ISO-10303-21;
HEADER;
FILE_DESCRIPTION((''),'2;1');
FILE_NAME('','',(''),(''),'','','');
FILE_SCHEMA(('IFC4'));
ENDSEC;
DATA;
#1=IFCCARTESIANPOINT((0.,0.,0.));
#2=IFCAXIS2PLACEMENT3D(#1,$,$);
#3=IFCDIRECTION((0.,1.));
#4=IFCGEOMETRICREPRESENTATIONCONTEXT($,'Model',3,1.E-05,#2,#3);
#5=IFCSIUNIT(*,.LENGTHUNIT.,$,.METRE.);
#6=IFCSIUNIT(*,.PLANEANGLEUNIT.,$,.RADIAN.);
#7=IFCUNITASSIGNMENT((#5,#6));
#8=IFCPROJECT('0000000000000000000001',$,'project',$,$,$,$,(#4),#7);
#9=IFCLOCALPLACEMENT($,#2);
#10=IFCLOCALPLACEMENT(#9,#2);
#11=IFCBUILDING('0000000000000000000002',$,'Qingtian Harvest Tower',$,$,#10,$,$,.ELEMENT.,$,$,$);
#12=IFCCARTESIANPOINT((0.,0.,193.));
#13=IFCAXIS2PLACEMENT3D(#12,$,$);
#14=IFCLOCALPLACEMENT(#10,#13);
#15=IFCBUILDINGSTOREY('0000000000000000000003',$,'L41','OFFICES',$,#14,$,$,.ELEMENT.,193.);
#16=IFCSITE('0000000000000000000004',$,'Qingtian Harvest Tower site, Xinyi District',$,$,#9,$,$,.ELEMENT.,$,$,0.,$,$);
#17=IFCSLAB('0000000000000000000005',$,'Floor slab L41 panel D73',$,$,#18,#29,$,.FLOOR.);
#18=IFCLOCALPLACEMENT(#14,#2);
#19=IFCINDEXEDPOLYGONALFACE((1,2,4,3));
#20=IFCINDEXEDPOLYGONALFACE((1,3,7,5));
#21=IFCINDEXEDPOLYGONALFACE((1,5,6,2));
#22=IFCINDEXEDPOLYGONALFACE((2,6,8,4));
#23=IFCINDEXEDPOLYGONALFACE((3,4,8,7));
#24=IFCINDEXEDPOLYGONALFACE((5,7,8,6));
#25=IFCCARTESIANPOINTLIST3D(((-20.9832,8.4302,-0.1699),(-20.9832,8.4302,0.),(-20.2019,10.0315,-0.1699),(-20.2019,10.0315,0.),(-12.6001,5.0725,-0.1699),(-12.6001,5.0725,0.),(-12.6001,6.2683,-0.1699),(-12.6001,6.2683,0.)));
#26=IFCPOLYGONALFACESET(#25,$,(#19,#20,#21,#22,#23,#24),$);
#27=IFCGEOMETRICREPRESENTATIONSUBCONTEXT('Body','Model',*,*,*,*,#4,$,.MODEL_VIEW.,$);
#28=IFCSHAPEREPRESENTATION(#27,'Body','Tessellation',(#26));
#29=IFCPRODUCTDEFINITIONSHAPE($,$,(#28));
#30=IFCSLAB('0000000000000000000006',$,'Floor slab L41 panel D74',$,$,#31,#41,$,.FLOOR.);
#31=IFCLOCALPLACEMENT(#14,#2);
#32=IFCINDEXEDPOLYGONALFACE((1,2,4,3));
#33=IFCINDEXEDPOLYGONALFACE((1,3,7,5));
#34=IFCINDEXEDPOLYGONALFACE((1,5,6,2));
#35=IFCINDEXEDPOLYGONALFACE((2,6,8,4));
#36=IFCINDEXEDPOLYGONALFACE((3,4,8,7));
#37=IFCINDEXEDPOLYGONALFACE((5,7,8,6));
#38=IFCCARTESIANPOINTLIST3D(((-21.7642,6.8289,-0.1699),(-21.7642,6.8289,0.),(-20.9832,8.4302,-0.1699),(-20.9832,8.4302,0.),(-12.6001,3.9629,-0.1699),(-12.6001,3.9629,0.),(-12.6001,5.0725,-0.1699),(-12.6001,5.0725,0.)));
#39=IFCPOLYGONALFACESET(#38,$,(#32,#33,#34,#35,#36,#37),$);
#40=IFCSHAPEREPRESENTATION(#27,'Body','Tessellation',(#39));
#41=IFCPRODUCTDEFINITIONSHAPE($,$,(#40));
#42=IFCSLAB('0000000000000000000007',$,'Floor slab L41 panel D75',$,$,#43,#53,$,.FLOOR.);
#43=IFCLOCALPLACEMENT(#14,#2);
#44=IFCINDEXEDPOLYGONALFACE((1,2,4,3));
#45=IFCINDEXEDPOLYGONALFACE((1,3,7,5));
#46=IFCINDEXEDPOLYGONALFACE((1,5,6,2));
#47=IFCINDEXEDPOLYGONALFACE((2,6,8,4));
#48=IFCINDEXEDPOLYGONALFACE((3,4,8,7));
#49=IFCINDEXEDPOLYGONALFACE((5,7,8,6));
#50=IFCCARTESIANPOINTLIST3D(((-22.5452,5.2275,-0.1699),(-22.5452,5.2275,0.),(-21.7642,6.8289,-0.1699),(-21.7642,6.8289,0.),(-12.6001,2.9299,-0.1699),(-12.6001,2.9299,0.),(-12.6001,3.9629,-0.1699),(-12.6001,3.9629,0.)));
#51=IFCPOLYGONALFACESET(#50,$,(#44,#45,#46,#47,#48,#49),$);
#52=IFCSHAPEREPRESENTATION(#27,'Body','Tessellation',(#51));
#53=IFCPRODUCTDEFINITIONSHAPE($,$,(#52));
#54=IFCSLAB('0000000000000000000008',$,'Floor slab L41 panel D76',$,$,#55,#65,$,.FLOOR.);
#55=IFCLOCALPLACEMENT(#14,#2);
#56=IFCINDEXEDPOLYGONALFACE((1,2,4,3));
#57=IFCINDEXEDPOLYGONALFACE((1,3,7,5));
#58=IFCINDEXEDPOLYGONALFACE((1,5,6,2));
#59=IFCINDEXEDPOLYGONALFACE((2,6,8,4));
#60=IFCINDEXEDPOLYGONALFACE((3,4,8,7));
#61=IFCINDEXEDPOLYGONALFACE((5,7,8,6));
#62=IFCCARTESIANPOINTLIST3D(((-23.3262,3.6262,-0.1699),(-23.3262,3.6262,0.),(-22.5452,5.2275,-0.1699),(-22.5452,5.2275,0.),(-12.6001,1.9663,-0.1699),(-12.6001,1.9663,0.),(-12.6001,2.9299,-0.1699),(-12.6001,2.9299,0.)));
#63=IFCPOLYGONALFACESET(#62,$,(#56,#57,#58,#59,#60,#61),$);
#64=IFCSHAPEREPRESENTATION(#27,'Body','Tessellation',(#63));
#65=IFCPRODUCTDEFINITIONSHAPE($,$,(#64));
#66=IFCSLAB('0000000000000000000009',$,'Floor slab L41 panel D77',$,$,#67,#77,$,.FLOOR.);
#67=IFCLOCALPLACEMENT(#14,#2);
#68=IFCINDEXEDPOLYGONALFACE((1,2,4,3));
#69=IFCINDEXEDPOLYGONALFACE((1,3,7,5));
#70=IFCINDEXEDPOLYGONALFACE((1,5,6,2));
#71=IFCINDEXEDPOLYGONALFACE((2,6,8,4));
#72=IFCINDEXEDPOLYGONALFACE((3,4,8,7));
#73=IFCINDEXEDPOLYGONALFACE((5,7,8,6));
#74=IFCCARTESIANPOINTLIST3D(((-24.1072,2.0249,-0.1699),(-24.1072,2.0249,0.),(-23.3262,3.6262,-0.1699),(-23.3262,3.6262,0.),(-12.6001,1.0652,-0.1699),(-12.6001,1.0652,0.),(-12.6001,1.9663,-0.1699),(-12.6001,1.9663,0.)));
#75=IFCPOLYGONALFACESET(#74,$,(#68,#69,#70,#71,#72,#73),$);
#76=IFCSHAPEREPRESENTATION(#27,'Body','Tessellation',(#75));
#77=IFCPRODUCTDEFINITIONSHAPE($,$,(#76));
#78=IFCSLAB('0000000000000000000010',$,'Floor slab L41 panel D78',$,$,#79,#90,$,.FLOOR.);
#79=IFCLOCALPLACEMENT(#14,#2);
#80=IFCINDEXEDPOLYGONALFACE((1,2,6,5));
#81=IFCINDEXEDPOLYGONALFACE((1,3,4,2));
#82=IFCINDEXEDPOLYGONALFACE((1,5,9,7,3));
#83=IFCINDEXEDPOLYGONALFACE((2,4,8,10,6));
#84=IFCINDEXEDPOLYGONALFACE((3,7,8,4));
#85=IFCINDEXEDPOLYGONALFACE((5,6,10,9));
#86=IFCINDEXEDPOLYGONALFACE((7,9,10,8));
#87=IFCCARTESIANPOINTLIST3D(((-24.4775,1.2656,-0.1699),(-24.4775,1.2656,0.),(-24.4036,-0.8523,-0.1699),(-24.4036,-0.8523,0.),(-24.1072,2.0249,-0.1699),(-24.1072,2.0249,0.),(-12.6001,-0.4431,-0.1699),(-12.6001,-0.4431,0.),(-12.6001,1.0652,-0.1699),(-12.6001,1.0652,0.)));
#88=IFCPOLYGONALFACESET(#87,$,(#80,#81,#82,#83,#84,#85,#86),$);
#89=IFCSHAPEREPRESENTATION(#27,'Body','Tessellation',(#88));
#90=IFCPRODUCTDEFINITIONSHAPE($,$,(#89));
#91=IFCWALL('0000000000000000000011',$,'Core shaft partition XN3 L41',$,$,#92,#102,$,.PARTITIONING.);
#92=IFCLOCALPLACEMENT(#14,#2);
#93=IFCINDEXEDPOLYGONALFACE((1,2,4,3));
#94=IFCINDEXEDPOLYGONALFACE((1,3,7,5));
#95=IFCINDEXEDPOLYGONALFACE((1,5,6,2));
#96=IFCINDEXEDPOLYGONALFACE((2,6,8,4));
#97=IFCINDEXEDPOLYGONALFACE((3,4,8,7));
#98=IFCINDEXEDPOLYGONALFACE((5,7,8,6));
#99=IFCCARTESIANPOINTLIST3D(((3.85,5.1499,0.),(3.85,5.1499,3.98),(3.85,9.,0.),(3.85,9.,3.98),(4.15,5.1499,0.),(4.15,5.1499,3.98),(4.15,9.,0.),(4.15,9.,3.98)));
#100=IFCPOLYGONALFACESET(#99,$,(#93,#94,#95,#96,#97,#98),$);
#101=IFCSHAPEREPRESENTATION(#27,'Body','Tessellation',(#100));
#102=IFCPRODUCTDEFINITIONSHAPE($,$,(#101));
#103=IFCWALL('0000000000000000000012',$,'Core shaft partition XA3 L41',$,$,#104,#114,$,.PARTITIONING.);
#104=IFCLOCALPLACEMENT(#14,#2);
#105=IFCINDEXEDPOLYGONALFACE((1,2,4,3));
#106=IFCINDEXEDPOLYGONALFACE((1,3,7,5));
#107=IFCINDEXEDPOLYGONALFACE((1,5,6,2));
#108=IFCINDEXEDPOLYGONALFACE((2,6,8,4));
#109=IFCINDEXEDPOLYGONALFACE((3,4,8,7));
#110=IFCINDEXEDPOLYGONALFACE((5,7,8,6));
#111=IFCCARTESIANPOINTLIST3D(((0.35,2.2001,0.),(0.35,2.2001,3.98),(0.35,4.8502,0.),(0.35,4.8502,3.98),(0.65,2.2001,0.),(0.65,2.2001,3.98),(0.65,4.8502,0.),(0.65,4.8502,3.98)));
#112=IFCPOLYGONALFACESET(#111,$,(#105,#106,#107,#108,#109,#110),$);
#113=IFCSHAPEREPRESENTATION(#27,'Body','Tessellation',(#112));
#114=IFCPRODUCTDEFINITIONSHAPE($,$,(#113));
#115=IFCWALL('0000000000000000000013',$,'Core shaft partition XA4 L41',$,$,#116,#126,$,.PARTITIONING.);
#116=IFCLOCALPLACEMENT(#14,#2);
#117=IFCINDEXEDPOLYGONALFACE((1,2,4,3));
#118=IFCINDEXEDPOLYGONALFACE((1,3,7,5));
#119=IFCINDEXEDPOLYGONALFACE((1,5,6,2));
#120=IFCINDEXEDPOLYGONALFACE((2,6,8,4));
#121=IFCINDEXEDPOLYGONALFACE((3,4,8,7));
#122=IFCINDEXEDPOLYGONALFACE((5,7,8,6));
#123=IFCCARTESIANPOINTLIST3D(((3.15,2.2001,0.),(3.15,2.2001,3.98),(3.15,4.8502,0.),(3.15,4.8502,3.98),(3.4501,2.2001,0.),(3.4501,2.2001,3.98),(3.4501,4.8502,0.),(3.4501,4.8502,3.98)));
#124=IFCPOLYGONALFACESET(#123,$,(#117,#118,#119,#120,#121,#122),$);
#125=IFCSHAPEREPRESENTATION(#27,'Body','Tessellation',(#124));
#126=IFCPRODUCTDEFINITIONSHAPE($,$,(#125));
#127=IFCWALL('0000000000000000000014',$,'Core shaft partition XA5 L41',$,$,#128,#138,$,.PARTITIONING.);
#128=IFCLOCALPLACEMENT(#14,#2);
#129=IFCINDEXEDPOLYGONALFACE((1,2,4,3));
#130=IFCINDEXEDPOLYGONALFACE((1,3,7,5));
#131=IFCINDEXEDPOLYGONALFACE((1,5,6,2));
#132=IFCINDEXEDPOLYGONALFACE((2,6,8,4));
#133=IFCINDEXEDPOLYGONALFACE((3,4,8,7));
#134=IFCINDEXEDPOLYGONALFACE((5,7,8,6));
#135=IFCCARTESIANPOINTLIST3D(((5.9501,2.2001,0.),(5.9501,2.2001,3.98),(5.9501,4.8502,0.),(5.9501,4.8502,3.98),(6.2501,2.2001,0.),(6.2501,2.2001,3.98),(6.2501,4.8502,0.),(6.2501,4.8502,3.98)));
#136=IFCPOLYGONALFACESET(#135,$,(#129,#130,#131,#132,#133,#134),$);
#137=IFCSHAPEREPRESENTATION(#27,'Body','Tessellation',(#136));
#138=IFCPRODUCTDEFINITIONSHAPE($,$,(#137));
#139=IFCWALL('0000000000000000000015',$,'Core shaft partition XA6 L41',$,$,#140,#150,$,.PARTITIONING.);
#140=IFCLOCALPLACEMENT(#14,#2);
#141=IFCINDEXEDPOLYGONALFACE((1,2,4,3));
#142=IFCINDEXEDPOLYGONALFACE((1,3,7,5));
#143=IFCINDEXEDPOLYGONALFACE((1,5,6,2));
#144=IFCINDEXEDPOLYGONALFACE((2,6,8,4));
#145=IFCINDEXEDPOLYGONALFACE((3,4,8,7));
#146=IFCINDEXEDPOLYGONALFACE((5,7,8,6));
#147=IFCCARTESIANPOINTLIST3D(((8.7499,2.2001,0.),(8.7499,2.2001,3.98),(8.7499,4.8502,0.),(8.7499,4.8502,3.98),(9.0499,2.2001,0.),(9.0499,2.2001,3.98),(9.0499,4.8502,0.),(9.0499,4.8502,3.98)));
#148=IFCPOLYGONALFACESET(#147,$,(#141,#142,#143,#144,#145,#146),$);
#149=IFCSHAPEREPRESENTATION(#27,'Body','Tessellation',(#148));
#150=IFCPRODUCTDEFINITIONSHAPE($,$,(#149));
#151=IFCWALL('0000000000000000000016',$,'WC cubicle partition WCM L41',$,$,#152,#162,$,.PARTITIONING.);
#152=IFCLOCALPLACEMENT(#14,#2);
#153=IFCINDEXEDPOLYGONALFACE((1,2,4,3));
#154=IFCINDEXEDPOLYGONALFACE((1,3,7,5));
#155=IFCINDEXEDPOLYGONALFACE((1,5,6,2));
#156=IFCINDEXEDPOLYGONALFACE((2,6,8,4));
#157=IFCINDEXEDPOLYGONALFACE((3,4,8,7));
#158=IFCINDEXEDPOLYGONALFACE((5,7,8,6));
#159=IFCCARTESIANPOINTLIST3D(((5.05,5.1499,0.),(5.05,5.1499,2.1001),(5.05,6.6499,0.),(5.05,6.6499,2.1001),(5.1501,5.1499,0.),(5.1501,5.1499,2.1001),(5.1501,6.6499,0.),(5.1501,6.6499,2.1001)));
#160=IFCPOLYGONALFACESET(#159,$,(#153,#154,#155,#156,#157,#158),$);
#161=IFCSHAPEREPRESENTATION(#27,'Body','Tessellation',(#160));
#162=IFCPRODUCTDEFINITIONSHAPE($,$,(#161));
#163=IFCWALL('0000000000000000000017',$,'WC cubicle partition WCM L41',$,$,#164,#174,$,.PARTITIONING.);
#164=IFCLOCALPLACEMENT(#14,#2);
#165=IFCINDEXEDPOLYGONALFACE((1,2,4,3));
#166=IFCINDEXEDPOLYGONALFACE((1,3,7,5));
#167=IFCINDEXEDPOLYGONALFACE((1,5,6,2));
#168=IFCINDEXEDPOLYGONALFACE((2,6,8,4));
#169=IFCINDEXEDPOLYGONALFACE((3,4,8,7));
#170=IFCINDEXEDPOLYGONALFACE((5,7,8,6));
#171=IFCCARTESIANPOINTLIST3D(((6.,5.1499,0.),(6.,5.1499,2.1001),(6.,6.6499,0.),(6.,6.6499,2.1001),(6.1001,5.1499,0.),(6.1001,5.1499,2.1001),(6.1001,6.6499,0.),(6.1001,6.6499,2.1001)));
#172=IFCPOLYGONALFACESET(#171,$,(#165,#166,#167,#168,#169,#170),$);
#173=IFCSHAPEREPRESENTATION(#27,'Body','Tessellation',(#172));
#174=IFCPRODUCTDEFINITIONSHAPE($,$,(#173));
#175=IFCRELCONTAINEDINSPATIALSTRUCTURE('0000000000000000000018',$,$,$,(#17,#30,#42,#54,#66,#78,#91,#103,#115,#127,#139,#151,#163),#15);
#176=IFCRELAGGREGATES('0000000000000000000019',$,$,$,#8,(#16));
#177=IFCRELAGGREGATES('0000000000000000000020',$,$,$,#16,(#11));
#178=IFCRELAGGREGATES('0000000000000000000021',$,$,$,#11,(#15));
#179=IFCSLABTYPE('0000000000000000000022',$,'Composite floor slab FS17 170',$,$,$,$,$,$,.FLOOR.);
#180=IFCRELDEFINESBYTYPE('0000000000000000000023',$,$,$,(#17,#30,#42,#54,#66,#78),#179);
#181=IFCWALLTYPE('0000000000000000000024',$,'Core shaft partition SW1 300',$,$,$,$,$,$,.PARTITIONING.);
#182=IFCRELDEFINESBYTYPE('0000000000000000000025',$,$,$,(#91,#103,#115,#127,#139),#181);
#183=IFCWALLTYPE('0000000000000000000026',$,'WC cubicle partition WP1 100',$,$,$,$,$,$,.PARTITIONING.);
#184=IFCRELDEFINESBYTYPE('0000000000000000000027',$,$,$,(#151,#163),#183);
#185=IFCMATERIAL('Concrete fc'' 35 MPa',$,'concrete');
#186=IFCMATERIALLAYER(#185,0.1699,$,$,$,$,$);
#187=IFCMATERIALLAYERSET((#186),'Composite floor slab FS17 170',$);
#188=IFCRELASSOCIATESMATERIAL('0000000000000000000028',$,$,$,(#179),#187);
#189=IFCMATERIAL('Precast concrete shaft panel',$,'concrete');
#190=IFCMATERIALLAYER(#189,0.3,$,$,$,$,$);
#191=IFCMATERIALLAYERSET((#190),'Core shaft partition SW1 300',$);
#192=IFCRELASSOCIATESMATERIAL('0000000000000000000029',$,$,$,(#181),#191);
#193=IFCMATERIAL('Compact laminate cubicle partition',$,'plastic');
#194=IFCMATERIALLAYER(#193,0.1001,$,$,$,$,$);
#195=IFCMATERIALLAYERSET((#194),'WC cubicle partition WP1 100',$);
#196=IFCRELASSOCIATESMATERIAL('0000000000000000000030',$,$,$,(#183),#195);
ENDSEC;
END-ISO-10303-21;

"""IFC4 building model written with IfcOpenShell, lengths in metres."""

from ifc_helpers import new_model, si_unit, direction, frame, frame_2d, origin, place, context, subcontext, project, spatial, polyline, rectangle, outline, extrude, material, layer, layer_set, type_object, element, save


model = new_model("IFC4")

# Units and contexts
model_context = context("Model", 3, precision=1e-05, world=origin(), true_north=direction((0.0, 1.0)))
body_context = subcontext(model_context, "Body", "Model", "MODEL_VIEW")
ifc_project = project(units=[si_unit("LENGTHUNIT", "METRE"), si_unit("PLANEANGLEUNIT", "RADIAN")], contexts=[model_context])

# Site, building, storey
site_placement = place(None, origin())
site = spatial("IfcSite", under=ifc_project, at=site_placement, Name="Qingtian Harvest Tower site, Xinyi District", CompositionType="ELEMENT", RefElevation=0.0)
building_placement = place(site_placement, origin())
building = spatial("IfcBuilding", under=site, at=building_placement, Name="Qingtian Harvest Tower", CompositionType="ELEMENT")
storey_placement = place(building_placement, frame((0.0, 0.0, 193.0)))
storey = spatial("IfcBuildingStorey", under=building, at=storey_placement, Name="L41", Description="OFFICES", CompositionType="ELEMENT", Elevation=193.0)

# Slabs
ifc_material_1 = material(Name="Concrete fc' 35 MPa", Category="concrete")
ifc_layer_1 = layer(ifc_material_1, 0.1699)
ifc_layer_set_1 = layer_set([ifc_layer_1], Name="Composite floor slab FS17 170")
slab_type = type_object("IfcSlabType", Name="Composite floor slab FS17 170", PredefinedType="FLOOR", material=ifc_layer_set_1)
slab_1_placement = place(storey_placement, frame((0.0, 0.0, -0.1699)))
element("IfcSlab", 1, at=slab_1_placement, inside=storey, type_object=slab_type, Name="Floor slab L41 panel D73", PredefinedType="FLOOR", context=body_context, shape_type="SweptSolid", body=[
    extrude(outline(polyline([(-12.6001, 5.0725), (-20.9832, 8.4302), (-20.2019, 10.0315), (-12.6001, 6.2683), (-12.6001, 5.0725)])), origin(), (0.0, 0.0, 1.0), 0.1699),
])
slab_2_placement = place(storey_placement, frame((0.0, 0.0, -0.1699)))
element("IfcSlab", 2, at=slab_2_placement, inside=storey, type_object=slab_type, Name="Floor slab L41 panel D74", PredefinedType="FLOOR", context=body_context, shape_type="SweptSolid", body=[
    extrude(outline(polyline([(-12.6001, 3.9629), (-21.7642, 6.8289), (-20.9832, 8.4302), (-12.6001, 5.0725), (-12.6001, 3.9629)])), origin(), (0.0, 0.0, 1.0), 0.1699),
])
slab_3_placement = place(storey_placement, frame((0.0, 0.0, -0.1699)))
element("IfcSlab", 3, at=slab_3_placement, inside=storey, type_object=slab_type, Name="Floor slab L41 panel D75", PredefinedType="FLOOR", context=body_context, shape_type="SweptSolid", body=[
    extrude(outline(polyline([(-12.6001, 2.9299), (-22.5452, 5.2275), (-21.7642, 6.8289), (-12.6001, 3.9629), (-12.6001, 2.9299)])), origin(), (0.0, 0.0, 1.0), 0.1699),
])
slab_4_placement = place(storey_placement, frame((0.0, 0.0, -0.1699)))
element("IfcSlab", 4, at=slab_4_placement, inside=storey, type_object=slab_type, Name="Floor slab L41 panel D76", PredefinedType="FLOOR", context=body_context, shape_type="SweptSolid", body=[
    extrude(outline(polyline([(-12.6001, 1.9663), (-23.3262, 3.6262), (-22.5452, 5.2275), (-12.6001, 2.9299), (-12.6001, 1.9663)])), origin(), (0.0, 0.0, 1.0), 0.1699),
])
slab_5_placement = place(storey_placement, frame((0.0, 0.0, -0.1699)))
element("IfcSlab", 5, at=slab_5_placement, inside=storey, type_object=slab_type, Name="Floor slab L41 panel D77", PredefinedType="FLOOR", context=body_context, shape_type="SweptSolid", body=[
    extrude(outline(polyline([(-12.6001, 1.0652), (-24.1072, 2.0249), (-23.3262, 3.6262), (-12.6001, 1.9663), (-12.6001, 1.0652)])), origin(), (0.0, 0.0, 1.0), 0.1699),
])
slab_6_placement = place(storey_placement, frame((0.0, 0.0, -0.1699)))
element("IfcSlab", 6, at=slab_6_placement, inside=storey, type_object=slab_type, Name="Floor slab L41 panel D78", PredefinedType="FLOOR", context=body_context, shape_type="SweptSolid", body=[
    extrude(outline(polyline([(-12.6001, 1.0652), (-12.6001, -0.4431), (-24.4036, -0.8523), (-24.4775, 1.2656), (-24.1072, 2.0249), (-12.6001, 1.0652)])), origin(), (0.0, 0.0, 1.0), 0.1699),
])

# Shared definitions
ifc_material_2 = material(Name="Precast concrete shaft panel", Category="concrete")
ifc_layer_2 = layer(ifc_material_2, 0.3)
ifc_layer_set_2 = layer_set([ifc_layer_2], Name="Core shaft partition SW1 300")
wall_type_1 = type_object("IfcWallType", Name="Core shaft partition SW1 300", PredefinedType="PARTITIONING", material=ifc_layer_set_2)

# Walls
wall_1_placement = place(storey_placement, frame((4.0, 5.1499, 0.0), z_axis=(0.0, 0.0, 1.0), x_axis=(0.0, 1.0, 0.0)))
element("IfcWall", 7, at=wall_1_placement, inside=storey, type_object=wall_type_1, Name="Core shaft partition XN3 L41", PredefinedType="PARTITIONING", context=body_context, shape_type="SweptSolid", body=[
    extrude(rectangle(XDim=3.8501, YDim=0.3, at=frame_2d((1.925, 0.0))), origin(), (0.0, 0.0, 1.0), 3.98),
])
for number, where, z_axis, x_axis, name in (
    (8, (0.5, 2.2, 0.0), (0.0, 0.0, 1.0), (0.0, 1.0, 0.0), "Core shaft partition XA3 L41"),
    (9, (3.3, 2.2, 0.0), (0.0, 0.0, 1.0), (0.0, 1.0, 0.0), "Core shaft partition XA4 L41"),
    (10, (6.1001, 2.2, 0.0), (0.0, 0.0, 1.0), (0.0, 1.0, 0.0), "Core shaft partition XA5 L41"),
    (11, (8.8999, 2.2, 0.0), (0.0, 0.0, 1.0), (0.0, 1.0, 0.0), "Core shaft partition XA6 L41"),
):
    element("IfcWall", number, at=place(storey_placement, frame(where, z_axis=z_axis, x_axis=x_axis)), inside=storey, type_object=wall_type_1, Name=name, PredefinedType="PARTITIONING", context=body_context, shape_type="SweptSolid", body=[
        extrude(rectangle(XDim=2.6501, YDim=0.3, at=frame_2d((1.3252, 0.0))), origin(), (0.0, 0.0, 1.0), 3.98),
    ])
ifc_material_3 = material(Name="Compact laminate cubicle partition", Category="plastic")
ifc_layer_3 = layer(ifc_material_3, 0.1001)
ifc_layer_set_3 = layer_set([ifc_layer_3], Name="WC cubicle partition WP1 100")
wall_type_2 = type_object("IfcWallType", Name="WC cubicle partition WP1 100", PredefinedType="PARTITIONING", material=ifc_layer_set_3)
for number, where, z_axis, x_axis, name in (
    (12, (5.1001, 5.1499, 0.0), (0.0, 0.0, 1.0), (0.0, 1.0, 0.0), "WC cubicle partition WCM L41"),
    (13, (6.05, 5.1499, 0.0), (0.0, 0.0, 1.0), (0.0, 1.0, 0.0), "WC cubicle partition WCM L41"),
):
    element("IfcWall", number, at=place(storey_placement, frame(where, z_axis=z_axis, x_axis=x_axis)), inside=storey, type_object=wall_type_2, Name=name, PredefinedType="PARTITIONING", context=body_context, shape_type="SweptSolid", body=[
        extrude(rectangle(XDim=1.5, YDim=0.1001, at=frame_2d((0.75, 0.0))), origin(), (0.0, 0.0, 1.0), 2.1001),
    ])

save(model, "model.ifc")
